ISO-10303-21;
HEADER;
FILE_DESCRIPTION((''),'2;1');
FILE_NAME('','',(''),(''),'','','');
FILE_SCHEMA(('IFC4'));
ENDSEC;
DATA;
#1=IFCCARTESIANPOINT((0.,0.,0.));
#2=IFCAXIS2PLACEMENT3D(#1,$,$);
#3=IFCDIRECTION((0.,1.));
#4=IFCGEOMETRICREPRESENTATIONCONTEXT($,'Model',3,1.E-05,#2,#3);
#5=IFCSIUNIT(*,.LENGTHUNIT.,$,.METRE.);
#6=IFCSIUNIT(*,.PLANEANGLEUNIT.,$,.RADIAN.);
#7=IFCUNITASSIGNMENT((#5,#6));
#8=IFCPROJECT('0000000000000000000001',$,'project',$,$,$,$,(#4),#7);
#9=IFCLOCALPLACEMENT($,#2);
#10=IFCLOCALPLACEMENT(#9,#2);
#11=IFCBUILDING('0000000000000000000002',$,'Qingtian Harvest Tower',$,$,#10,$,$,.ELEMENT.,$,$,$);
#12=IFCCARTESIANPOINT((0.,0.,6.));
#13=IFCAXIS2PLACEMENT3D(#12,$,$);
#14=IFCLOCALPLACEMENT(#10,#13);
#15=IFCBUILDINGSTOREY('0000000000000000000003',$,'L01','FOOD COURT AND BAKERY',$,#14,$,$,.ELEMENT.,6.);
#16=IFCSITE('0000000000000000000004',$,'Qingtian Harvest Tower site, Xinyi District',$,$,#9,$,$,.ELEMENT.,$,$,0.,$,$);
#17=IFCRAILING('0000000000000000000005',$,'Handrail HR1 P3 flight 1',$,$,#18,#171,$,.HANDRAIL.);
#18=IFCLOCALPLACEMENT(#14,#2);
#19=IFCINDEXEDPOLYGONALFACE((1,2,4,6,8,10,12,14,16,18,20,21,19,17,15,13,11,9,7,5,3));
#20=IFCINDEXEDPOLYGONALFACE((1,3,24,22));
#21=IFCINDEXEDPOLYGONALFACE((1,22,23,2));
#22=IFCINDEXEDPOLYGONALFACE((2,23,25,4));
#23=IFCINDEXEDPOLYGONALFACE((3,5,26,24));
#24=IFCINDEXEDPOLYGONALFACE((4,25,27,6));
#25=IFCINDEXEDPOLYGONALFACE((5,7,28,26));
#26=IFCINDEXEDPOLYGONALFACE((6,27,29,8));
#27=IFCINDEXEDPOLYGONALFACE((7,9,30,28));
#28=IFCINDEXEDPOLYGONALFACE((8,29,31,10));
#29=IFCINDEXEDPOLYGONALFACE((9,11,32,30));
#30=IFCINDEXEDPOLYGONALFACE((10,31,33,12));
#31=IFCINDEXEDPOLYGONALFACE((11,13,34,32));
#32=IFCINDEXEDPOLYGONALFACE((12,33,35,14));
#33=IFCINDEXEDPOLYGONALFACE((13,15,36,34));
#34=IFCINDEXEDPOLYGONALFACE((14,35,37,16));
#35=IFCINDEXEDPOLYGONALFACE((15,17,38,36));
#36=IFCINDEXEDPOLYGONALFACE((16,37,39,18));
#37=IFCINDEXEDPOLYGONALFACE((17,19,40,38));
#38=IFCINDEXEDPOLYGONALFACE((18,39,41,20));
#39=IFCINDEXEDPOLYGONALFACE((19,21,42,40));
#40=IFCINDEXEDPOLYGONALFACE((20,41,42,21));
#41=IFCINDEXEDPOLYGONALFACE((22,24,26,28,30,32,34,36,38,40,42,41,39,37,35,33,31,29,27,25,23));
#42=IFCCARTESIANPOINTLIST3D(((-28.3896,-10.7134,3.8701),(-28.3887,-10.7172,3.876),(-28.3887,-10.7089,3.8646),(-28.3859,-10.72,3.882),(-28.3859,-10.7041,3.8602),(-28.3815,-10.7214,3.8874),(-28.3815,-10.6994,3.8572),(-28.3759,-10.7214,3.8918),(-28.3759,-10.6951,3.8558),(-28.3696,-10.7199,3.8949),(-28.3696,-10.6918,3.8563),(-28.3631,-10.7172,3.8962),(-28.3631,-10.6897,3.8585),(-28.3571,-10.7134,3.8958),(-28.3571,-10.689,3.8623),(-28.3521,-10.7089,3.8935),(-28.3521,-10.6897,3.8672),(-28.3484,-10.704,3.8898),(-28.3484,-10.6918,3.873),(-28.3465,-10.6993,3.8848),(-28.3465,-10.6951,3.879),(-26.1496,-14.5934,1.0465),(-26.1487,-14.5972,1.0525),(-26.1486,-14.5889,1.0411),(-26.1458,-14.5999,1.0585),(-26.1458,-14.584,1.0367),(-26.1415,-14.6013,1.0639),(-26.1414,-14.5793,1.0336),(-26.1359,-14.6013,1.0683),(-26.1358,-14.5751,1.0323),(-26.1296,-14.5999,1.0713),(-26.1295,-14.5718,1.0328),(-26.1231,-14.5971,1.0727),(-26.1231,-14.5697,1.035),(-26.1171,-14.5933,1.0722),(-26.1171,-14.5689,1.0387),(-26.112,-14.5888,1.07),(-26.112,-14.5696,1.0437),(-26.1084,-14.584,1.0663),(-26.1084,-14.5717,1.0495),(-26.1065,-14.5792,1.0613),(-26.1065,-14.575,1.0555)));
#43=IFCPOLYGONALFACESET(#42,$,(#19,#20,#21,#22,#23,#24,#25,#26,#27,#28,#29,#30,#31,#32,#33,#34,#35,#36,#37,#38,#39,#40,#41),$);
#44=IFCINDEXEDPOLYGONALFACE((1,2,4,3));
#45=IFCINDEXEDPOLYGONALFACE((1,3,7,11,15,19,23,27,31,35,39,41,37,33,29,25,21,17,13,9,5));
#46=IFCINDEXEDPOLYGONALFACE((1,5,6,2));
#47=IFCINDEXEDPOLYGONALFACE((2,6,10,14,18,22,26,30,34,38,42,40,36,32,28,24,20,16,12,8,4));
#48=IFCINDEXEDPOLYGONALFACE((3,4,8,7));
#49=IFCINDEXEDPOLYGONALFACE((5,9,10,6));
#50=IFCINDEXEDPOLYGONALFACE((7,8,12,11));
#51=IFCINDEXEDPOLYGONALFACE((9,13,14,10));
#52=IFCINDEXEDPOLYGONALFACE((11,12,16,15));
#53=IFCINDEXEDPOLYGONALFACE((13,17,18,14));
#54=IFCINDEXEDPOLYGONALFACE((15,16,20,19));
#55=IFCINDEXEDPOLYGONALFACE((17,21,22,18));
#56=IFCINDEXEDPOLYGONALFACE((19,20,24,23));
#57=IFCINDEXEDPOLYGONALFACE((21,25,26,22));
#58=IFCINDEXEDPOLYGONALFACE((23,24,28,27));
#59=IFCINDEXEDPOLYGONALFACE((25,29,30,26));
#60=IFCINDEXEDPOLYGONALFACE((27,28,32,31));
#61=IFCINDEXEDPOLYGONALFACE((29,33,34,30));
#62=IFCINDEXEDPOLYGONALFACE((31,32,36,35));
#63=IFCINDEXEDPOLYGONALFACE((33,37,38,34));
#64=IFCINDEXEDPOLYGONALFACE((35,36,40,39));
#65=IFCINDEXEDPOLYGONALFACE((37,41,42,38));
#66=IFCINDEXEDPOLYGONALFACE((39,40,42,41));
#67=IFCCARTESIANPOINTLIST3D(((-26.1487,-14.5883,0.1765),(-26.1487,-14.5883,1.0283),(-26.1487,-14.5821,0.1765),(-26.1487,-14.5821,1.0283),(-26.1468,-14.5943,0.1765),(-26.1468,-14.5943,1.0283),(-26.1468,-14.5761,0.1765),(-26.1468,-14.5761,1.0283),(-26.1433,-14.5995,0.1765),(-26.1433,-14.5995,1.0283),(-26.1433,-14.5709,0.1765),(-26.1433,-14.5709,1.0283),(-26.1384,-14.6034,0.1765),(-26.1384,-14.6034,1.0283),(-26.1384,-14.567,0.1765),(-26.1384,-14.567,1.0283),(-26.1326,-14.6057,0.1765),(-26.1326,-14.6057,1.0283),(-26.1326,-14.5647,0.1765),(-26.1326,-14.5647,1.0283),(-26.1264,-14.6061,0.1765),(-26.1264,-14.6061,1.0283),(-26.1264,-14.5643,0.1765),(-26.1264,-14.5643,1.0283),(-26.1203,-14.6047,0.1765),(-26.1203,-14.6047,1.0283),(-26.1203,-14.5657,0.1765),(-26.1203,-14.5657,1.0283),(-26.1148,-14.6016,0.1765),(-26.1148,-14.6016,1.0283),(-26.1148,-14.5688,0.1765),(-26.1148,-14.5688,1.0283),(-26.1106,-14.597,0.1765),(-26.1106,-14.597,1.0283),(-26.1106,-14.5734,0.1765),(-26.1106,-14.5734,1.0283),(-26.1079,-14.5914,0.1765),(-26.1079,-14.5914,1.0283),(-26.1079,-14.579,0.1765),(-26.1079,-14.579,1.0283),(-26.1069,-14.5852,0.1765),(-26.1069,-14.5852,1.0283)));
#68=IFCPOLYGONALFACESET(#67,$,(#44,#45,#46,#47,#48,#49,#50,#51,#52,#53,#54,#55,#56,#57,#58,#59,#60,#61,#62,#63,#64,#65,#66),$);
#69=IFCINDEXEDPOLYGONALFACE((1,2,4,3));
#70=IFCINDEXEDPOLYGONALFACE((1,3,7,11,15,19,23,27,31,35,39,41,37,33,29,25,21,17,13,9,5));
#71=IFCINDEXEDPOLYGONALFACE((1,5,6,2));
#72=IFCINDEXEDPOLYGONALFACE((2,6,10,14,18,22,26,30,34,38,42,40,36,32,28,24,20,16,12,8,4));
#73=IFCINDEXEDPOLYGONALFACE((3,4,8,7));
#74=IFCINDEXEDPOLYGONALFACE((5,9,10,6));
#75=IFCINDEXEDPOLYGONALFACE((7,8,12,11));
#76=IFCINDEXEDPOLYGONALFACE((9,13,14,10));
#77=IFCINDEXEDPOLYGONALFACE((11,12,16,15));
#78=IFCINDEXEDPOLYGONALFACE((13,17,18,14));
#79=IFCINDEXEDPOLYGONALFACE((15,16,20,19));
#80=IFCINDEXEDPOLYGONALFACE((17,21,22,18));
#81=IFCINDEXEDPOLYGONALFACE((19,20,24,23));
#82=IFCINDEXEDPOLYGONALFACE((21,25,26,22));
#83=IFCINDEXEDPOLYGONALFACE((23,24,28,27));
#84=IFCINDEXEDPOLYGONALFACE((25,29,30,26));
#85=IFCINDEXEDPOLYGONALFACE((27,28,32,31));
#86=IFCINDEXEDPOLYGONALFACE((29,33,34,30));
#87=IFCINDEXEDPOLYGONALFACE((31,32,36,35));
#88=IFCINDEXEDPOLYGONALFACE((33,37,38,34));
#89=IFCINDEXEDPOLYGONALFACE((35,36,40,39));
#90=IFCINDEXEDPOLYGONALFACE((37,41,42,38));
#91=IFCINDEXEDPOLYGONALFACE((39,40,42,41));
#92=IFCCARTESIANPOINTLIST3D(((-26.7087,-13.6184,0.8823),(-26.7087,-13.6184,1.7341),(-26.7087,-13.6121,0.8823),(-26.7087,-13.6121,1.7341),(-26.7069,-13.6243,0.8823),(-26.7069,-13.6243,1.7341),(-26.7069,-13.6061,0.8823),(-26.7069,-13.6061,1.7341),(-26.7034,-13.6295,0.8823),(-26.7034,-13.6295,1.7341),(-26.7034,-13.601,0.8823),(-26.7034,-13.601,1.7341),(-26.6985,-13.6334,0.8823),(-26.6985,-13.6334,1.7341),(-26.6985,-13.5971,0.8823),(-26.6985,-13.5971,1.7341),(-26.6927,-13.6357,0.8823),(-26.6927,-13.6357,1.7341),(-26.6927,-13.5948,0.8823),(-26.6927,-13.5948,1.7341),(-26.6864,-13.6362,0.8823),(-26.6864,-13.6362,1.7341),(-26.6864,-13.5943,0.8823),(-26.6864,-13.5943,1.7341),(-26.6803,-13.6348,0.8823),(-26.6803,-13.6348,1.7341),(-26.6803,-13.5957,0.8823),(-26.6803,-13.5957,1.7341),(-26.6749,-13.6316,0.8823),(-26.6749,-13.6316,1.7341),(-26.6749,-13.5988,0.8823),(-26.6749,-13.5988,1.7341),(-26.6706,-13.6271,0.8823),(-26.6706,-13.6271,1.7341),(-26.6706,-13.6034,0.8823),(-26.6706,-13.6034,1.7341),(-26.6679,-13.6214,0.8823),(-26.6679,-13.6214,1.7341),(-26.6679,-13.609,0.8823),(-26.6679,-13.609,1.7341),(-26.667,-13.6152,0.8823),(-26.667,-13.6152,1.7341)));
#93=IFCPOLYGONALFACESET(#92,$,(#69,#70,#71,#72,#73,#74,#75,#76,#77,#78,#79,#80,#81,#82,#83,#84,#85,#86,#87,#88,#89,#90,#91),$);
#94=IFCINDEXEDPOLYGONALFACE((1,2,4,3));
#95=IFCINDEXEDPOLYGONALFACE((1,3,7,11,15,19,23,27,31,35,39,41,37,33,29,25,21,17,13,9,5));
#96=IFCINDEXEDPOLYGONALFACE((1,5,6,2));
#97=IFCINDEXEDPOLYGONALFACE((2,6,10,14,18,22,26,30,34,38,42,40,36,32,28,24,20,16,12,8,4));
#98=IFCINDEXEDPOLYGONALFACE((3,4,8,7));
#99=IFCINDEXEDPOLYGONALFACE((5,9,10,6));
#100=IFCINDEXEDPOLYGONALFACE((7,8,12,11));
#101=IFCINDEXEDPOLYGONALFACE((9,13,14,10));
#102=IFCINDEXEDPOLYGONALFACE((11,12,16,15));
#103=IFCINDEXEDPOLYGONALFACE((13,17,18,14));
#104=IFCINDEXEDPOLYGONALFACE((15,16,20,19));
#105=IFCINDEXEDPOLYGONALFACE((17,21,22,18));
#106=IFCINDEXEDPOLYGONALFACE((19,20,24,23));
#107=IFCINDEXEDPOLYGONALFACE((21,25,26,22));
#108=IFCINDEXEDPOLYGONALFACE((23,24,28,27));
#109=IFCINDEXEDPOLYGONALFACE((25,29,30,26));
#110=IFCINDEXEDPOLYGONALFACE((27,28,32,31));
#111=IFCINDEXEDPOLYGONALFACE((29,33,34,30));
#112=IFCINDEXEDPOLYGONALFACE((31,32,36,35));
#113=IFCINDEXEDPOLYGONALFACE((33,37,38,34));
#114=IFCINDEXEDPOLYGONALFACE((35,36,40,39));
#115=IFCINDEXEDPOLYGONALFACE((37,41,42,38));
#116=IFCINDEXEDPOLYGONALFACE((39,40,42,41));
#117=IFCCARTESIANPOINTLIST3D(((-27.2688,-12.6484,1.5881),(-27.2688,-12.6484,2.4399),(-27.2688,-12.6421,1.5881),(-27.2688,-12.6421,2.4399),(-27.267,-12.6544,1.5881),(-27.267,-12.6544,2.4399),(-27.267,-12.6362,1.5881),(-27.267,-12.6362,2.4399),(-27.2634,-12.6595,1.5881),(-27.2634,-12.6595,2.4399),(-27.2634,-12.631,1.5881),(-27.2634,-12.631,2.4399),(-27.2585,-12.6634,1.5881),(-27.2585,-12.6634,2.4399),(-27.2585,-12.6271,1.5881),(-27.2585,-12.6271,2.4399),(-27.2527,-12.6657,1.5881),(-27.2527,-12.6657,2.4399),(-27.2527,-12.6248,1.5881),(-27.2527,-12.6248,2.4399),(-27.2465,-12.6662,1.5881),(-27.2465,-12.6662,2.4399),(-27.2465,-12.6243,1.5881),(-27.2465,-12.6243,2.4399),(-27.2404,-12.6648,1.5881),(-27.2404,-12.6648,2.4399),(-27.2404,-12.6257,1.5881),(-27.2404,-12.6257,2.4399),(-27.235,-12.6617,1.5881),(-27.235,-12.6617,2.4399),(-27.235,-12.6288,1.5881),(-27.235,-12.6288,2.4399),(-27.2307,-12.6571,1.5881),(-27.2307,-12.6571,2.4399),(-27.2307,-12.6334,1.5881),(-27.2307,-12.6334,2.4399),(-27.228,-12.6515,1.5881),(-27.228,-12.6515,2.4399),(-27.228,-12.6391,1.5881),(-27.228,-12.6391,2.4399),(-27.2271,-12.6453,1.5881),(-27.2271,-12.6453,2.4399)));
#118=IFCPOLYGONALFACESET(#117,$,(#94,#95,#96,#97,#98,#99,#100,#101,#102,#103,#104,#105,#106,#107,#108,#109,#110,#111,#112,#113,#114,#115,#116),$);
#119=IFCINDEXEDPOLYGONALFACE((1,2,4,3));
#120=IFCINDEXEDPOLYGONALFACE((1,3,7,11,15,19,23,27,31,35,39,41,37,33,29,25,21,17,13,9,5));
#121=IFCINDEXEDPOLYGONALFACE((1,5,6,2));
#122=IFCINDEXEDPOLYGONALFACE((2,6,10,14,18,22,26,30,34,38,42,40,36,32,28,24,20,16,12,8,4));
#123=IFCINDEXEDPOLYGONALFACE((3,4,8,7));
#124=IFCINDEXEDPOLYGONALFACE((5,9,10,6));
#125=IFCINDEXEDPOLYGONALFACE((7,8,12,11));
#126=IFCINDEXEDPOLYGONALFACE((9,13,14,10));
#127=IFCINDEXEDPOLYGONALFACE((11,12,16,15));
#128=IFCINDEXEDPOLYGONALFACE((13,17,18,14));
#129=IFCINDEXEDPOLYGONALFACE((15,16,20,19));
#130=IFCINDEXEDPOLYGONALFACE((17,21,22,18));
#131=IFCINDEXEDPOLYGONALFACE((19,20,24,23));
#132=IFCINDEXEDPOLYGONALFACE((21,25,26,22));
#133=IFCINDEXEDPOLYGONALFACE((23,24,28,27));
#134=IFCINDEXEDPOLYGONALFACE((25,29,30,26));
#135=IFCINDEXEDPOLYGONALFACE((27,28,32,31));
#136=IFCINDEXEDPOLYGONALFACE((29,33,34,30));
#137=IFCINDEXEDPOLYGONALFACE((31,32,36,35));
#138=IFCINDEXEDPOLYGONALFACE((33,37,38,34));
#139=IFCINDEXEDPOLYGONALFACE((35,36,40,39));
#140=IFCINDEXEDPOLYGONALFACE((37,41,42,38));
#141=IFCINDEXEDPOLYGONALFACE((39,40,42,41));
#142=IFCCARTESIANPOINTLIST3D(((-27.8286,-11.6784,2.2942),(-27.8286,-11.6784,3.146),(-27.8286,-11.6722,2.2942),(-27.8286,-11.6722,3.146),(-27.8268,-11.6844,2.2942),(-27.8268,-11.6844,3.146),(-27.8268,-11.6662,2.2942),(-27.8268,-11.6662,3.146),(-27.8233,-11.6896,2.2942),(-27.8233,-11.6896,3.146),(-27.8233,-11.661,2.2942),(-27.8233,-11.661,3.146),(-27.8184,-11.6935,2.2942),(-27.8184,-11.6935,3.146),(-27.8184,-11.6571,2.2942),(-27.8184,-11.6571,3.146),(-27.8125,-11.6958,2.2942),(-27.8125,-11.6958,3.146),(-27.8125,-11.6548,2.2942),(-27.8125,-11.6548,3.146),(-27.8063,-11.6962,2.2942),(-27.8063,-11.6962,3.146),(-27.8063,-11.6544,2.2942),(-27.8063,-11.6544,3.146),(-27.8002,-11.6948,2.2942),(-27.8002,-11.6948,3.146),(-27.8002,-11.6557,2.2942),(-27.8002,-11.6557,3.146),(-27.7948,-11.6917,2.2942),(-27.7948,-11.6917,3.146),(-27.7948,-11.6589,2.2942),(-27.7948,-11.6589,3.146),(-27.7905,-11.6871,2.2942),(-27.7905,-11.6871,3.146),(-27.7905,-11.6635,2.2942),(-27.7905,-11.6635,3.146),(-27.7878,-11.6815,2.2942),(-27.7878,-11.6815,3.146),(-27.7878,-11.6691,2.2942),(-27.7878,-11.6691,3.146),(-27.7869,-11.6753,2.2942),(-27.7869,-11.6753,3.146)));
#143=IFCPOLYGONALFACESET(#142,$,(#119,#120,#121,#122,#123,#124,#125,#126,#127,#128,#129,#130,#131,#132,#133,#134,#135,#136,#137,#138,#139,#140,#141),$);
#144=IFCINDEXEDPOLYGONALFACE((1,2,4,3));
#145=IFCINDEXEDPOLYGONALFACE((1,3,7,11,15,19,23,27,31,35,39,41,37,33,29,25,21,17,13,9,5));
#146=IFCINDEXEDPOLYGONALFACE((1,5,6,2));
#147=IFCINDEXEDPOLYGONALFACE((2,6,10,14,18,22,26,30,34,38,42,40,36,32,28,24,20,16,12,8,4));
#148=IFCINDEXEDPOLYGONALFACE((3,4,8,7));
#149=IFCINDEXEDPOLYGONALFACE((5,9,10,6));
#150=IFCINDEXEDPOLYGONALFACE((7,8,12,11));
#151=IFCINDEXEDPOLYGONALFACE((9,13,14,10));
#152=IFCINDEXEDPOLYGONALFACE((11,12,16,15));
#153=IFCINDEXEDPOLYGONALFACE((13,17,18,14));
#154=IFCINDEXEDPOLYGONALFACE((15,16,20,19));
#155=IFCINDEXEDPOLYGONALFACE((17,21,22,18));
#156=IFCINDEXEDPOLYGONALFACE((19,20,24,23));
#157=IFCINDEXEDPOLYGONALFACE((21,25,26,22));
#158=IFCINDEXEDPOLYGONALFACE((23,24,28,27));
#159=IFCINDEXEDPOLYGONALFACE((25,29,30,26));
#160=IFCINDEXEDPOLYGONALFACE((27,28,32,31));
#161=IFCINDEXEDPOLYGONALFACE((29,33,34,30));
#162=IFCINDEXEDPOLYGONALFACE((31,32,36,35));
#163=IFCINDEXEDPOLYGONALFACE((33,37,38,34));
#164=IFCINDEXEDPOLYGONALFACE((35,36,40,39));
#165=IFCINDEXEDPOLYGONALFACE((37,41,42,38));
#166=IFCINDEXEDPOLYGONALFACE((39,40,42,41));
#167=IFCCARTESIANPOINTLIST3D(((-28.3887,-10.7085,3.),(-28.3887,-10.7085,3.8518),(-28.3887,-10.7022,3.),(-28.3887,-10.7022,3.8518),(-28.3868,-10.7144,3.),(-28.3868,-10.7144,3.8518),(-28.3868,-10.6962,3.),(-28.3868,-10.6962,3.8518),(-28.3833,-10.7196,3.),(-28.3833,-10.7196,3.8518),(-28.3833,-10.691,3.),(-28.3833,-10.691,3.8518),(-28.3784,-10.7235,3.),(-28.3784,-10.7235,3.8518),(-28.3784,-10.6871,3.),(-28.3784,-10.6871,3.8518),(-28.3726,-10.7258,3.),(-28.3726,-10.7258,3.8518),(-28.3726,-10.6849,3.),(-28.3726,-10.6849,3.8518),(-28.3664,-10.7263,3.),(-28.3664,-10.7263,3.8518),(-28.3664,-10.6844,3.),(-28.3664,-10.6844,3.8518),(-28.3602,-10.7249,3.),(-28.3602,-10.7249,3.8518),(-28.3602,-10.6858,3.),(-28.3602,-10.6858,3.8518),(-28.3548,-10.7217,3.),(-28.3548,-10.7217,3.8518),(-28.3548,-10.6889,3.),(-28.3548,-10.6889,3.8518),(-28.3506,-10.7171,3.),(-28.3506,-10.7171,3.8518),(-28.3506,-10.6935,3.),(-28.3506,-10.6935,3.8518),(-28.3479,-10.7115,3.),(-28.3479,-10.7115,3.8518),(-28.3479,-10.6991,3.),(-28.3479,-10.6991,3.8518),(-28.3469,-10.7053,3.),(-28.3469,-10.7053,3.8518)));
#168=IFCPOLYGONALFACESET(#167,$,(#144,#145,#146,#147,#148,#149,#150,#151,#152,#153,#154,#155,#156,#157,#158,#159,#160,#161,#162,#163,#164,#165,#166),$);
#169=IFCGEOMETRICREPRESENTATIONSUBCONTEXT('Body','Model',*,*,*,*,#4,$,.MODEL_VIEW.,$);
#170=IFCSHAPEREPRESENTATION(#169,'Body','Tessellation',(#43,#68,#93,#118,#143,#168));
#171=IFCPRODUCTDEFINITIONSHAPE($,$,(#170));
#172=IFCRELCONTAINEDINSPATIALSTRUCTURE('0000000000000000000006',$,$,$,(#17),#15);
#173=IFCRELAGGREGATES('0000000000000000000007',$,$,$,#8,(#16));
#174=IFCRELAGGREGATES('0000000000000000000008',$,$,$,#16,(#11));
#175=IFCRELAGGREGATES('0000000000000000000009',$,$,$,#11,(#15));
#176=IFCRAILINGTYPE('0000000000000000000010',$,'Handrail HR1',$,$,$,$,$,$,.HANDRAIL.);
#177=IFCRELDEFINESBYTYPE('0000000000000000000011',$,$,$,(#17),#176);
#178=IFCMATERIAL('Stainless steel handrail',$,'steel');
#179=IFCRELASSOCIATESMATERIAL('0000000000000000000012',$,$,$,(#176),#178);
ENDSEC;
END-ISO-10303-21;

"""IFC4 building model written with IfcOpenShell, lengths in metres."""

from ifc_helpers import new_model, si_unit, direction, frame, origin, origin_2d, place, context, subcontext, project, spatial, circle, extrude, material, type_object, element, save


model = new_model("IFC4")

# Units and contexts
model_context = context("Model", 3, precision=1e-05, world=origin(), true_north=direction((0.0, 1.0)))
body_context = subcontext(model_context, "Body", "Model", "MODEL_VIEW")
ifc_project = project(units=[si_unit("LENGTHUNIT", "METRE"), si_unit("PLANEANGLEUNIT", "RADIAN")], contexts=[model_context])

# Site, building, storey
site_placement = place(None, origin())
site = spatial("IfcSite", under=ifc_project, at=site_placement, Name="Qingtian Harvest Tower site, Xinyi District", CompositionType="ELEMENT", RefElevation=0.0)
building_placement = place(site_placement, origin())
building = spatial("IfcBuilding", under=site, at=building_placement, Name="Qingtian Harvest Tower", CompositionType="ELEMENT")
storey_placement = place(building_placement, frame((0.0, 0.0, 6.0)))
storey = spatial("IfcBuildingStorey", under=building, at=storey_placement, Name="L01", Description="FOOD COURT AND BAKERY", CompositionType="ELEMENT", Elevation=6.0)

# Railing
ifc_material_1 = material(Name="Stainless steel handrail", Category="steel")
railing_type = type_object("IfcRailingType", Name="Handrail HR1", PredefinedType="HANDRAIL", material=ifc_material_1)
railing_1_placement = place(storey_placement, frame((-26.1279, -14.5852, 0.1765)))
element("IfcRailing", 1, at=railing_1_placement, inside=storey, type_object=railing_type, Name="Handrail HR1 P3 flight 1", PredefinedType="HANDRAIL", context=body_context, shape_type="SweptSolid", body=[
    extrude(circle(Radius=0.0239, at=origin_2d()), frame((0.0, 0.0, 0.876), z_axis=(-0.422993, 0.732665, 0.533178), x_axis=(-0.866031, -0.49999, 0.0)), (0.0, 0.0, 1.0), 5.2957),
    extrude(circle(Radius=0.021, at=origin_2d()), origin(), (0.0, 0.0, 1.0), 0.8518),
    extrude(circle(Radius=0.021, at=origin_2d()), frame((-0.5601, 0.97, 0.7058)), (0.0, 0.0, 1.0), 0.8518),
    extrude(circle(Radius=0.021, at=origin_2d()), frame((-1.1201, 1.9399, 1.4116)), (0.0, 0.0, 1.0), 0.8518),
    extrude(circle(Radius=0.021, at=origin_2d()), frame((-1.6799, 2.9099, 2.1177)), (0.0, 0.0, 1.0), 0.8518),
    extrude(circle(Radius=0.021, at=origin_2d()), frame((-2.24, 3.8799, 2.8235)), (0.0, 0.0, 1.0), 0.8518),
])

save(model, "model.ifc")
